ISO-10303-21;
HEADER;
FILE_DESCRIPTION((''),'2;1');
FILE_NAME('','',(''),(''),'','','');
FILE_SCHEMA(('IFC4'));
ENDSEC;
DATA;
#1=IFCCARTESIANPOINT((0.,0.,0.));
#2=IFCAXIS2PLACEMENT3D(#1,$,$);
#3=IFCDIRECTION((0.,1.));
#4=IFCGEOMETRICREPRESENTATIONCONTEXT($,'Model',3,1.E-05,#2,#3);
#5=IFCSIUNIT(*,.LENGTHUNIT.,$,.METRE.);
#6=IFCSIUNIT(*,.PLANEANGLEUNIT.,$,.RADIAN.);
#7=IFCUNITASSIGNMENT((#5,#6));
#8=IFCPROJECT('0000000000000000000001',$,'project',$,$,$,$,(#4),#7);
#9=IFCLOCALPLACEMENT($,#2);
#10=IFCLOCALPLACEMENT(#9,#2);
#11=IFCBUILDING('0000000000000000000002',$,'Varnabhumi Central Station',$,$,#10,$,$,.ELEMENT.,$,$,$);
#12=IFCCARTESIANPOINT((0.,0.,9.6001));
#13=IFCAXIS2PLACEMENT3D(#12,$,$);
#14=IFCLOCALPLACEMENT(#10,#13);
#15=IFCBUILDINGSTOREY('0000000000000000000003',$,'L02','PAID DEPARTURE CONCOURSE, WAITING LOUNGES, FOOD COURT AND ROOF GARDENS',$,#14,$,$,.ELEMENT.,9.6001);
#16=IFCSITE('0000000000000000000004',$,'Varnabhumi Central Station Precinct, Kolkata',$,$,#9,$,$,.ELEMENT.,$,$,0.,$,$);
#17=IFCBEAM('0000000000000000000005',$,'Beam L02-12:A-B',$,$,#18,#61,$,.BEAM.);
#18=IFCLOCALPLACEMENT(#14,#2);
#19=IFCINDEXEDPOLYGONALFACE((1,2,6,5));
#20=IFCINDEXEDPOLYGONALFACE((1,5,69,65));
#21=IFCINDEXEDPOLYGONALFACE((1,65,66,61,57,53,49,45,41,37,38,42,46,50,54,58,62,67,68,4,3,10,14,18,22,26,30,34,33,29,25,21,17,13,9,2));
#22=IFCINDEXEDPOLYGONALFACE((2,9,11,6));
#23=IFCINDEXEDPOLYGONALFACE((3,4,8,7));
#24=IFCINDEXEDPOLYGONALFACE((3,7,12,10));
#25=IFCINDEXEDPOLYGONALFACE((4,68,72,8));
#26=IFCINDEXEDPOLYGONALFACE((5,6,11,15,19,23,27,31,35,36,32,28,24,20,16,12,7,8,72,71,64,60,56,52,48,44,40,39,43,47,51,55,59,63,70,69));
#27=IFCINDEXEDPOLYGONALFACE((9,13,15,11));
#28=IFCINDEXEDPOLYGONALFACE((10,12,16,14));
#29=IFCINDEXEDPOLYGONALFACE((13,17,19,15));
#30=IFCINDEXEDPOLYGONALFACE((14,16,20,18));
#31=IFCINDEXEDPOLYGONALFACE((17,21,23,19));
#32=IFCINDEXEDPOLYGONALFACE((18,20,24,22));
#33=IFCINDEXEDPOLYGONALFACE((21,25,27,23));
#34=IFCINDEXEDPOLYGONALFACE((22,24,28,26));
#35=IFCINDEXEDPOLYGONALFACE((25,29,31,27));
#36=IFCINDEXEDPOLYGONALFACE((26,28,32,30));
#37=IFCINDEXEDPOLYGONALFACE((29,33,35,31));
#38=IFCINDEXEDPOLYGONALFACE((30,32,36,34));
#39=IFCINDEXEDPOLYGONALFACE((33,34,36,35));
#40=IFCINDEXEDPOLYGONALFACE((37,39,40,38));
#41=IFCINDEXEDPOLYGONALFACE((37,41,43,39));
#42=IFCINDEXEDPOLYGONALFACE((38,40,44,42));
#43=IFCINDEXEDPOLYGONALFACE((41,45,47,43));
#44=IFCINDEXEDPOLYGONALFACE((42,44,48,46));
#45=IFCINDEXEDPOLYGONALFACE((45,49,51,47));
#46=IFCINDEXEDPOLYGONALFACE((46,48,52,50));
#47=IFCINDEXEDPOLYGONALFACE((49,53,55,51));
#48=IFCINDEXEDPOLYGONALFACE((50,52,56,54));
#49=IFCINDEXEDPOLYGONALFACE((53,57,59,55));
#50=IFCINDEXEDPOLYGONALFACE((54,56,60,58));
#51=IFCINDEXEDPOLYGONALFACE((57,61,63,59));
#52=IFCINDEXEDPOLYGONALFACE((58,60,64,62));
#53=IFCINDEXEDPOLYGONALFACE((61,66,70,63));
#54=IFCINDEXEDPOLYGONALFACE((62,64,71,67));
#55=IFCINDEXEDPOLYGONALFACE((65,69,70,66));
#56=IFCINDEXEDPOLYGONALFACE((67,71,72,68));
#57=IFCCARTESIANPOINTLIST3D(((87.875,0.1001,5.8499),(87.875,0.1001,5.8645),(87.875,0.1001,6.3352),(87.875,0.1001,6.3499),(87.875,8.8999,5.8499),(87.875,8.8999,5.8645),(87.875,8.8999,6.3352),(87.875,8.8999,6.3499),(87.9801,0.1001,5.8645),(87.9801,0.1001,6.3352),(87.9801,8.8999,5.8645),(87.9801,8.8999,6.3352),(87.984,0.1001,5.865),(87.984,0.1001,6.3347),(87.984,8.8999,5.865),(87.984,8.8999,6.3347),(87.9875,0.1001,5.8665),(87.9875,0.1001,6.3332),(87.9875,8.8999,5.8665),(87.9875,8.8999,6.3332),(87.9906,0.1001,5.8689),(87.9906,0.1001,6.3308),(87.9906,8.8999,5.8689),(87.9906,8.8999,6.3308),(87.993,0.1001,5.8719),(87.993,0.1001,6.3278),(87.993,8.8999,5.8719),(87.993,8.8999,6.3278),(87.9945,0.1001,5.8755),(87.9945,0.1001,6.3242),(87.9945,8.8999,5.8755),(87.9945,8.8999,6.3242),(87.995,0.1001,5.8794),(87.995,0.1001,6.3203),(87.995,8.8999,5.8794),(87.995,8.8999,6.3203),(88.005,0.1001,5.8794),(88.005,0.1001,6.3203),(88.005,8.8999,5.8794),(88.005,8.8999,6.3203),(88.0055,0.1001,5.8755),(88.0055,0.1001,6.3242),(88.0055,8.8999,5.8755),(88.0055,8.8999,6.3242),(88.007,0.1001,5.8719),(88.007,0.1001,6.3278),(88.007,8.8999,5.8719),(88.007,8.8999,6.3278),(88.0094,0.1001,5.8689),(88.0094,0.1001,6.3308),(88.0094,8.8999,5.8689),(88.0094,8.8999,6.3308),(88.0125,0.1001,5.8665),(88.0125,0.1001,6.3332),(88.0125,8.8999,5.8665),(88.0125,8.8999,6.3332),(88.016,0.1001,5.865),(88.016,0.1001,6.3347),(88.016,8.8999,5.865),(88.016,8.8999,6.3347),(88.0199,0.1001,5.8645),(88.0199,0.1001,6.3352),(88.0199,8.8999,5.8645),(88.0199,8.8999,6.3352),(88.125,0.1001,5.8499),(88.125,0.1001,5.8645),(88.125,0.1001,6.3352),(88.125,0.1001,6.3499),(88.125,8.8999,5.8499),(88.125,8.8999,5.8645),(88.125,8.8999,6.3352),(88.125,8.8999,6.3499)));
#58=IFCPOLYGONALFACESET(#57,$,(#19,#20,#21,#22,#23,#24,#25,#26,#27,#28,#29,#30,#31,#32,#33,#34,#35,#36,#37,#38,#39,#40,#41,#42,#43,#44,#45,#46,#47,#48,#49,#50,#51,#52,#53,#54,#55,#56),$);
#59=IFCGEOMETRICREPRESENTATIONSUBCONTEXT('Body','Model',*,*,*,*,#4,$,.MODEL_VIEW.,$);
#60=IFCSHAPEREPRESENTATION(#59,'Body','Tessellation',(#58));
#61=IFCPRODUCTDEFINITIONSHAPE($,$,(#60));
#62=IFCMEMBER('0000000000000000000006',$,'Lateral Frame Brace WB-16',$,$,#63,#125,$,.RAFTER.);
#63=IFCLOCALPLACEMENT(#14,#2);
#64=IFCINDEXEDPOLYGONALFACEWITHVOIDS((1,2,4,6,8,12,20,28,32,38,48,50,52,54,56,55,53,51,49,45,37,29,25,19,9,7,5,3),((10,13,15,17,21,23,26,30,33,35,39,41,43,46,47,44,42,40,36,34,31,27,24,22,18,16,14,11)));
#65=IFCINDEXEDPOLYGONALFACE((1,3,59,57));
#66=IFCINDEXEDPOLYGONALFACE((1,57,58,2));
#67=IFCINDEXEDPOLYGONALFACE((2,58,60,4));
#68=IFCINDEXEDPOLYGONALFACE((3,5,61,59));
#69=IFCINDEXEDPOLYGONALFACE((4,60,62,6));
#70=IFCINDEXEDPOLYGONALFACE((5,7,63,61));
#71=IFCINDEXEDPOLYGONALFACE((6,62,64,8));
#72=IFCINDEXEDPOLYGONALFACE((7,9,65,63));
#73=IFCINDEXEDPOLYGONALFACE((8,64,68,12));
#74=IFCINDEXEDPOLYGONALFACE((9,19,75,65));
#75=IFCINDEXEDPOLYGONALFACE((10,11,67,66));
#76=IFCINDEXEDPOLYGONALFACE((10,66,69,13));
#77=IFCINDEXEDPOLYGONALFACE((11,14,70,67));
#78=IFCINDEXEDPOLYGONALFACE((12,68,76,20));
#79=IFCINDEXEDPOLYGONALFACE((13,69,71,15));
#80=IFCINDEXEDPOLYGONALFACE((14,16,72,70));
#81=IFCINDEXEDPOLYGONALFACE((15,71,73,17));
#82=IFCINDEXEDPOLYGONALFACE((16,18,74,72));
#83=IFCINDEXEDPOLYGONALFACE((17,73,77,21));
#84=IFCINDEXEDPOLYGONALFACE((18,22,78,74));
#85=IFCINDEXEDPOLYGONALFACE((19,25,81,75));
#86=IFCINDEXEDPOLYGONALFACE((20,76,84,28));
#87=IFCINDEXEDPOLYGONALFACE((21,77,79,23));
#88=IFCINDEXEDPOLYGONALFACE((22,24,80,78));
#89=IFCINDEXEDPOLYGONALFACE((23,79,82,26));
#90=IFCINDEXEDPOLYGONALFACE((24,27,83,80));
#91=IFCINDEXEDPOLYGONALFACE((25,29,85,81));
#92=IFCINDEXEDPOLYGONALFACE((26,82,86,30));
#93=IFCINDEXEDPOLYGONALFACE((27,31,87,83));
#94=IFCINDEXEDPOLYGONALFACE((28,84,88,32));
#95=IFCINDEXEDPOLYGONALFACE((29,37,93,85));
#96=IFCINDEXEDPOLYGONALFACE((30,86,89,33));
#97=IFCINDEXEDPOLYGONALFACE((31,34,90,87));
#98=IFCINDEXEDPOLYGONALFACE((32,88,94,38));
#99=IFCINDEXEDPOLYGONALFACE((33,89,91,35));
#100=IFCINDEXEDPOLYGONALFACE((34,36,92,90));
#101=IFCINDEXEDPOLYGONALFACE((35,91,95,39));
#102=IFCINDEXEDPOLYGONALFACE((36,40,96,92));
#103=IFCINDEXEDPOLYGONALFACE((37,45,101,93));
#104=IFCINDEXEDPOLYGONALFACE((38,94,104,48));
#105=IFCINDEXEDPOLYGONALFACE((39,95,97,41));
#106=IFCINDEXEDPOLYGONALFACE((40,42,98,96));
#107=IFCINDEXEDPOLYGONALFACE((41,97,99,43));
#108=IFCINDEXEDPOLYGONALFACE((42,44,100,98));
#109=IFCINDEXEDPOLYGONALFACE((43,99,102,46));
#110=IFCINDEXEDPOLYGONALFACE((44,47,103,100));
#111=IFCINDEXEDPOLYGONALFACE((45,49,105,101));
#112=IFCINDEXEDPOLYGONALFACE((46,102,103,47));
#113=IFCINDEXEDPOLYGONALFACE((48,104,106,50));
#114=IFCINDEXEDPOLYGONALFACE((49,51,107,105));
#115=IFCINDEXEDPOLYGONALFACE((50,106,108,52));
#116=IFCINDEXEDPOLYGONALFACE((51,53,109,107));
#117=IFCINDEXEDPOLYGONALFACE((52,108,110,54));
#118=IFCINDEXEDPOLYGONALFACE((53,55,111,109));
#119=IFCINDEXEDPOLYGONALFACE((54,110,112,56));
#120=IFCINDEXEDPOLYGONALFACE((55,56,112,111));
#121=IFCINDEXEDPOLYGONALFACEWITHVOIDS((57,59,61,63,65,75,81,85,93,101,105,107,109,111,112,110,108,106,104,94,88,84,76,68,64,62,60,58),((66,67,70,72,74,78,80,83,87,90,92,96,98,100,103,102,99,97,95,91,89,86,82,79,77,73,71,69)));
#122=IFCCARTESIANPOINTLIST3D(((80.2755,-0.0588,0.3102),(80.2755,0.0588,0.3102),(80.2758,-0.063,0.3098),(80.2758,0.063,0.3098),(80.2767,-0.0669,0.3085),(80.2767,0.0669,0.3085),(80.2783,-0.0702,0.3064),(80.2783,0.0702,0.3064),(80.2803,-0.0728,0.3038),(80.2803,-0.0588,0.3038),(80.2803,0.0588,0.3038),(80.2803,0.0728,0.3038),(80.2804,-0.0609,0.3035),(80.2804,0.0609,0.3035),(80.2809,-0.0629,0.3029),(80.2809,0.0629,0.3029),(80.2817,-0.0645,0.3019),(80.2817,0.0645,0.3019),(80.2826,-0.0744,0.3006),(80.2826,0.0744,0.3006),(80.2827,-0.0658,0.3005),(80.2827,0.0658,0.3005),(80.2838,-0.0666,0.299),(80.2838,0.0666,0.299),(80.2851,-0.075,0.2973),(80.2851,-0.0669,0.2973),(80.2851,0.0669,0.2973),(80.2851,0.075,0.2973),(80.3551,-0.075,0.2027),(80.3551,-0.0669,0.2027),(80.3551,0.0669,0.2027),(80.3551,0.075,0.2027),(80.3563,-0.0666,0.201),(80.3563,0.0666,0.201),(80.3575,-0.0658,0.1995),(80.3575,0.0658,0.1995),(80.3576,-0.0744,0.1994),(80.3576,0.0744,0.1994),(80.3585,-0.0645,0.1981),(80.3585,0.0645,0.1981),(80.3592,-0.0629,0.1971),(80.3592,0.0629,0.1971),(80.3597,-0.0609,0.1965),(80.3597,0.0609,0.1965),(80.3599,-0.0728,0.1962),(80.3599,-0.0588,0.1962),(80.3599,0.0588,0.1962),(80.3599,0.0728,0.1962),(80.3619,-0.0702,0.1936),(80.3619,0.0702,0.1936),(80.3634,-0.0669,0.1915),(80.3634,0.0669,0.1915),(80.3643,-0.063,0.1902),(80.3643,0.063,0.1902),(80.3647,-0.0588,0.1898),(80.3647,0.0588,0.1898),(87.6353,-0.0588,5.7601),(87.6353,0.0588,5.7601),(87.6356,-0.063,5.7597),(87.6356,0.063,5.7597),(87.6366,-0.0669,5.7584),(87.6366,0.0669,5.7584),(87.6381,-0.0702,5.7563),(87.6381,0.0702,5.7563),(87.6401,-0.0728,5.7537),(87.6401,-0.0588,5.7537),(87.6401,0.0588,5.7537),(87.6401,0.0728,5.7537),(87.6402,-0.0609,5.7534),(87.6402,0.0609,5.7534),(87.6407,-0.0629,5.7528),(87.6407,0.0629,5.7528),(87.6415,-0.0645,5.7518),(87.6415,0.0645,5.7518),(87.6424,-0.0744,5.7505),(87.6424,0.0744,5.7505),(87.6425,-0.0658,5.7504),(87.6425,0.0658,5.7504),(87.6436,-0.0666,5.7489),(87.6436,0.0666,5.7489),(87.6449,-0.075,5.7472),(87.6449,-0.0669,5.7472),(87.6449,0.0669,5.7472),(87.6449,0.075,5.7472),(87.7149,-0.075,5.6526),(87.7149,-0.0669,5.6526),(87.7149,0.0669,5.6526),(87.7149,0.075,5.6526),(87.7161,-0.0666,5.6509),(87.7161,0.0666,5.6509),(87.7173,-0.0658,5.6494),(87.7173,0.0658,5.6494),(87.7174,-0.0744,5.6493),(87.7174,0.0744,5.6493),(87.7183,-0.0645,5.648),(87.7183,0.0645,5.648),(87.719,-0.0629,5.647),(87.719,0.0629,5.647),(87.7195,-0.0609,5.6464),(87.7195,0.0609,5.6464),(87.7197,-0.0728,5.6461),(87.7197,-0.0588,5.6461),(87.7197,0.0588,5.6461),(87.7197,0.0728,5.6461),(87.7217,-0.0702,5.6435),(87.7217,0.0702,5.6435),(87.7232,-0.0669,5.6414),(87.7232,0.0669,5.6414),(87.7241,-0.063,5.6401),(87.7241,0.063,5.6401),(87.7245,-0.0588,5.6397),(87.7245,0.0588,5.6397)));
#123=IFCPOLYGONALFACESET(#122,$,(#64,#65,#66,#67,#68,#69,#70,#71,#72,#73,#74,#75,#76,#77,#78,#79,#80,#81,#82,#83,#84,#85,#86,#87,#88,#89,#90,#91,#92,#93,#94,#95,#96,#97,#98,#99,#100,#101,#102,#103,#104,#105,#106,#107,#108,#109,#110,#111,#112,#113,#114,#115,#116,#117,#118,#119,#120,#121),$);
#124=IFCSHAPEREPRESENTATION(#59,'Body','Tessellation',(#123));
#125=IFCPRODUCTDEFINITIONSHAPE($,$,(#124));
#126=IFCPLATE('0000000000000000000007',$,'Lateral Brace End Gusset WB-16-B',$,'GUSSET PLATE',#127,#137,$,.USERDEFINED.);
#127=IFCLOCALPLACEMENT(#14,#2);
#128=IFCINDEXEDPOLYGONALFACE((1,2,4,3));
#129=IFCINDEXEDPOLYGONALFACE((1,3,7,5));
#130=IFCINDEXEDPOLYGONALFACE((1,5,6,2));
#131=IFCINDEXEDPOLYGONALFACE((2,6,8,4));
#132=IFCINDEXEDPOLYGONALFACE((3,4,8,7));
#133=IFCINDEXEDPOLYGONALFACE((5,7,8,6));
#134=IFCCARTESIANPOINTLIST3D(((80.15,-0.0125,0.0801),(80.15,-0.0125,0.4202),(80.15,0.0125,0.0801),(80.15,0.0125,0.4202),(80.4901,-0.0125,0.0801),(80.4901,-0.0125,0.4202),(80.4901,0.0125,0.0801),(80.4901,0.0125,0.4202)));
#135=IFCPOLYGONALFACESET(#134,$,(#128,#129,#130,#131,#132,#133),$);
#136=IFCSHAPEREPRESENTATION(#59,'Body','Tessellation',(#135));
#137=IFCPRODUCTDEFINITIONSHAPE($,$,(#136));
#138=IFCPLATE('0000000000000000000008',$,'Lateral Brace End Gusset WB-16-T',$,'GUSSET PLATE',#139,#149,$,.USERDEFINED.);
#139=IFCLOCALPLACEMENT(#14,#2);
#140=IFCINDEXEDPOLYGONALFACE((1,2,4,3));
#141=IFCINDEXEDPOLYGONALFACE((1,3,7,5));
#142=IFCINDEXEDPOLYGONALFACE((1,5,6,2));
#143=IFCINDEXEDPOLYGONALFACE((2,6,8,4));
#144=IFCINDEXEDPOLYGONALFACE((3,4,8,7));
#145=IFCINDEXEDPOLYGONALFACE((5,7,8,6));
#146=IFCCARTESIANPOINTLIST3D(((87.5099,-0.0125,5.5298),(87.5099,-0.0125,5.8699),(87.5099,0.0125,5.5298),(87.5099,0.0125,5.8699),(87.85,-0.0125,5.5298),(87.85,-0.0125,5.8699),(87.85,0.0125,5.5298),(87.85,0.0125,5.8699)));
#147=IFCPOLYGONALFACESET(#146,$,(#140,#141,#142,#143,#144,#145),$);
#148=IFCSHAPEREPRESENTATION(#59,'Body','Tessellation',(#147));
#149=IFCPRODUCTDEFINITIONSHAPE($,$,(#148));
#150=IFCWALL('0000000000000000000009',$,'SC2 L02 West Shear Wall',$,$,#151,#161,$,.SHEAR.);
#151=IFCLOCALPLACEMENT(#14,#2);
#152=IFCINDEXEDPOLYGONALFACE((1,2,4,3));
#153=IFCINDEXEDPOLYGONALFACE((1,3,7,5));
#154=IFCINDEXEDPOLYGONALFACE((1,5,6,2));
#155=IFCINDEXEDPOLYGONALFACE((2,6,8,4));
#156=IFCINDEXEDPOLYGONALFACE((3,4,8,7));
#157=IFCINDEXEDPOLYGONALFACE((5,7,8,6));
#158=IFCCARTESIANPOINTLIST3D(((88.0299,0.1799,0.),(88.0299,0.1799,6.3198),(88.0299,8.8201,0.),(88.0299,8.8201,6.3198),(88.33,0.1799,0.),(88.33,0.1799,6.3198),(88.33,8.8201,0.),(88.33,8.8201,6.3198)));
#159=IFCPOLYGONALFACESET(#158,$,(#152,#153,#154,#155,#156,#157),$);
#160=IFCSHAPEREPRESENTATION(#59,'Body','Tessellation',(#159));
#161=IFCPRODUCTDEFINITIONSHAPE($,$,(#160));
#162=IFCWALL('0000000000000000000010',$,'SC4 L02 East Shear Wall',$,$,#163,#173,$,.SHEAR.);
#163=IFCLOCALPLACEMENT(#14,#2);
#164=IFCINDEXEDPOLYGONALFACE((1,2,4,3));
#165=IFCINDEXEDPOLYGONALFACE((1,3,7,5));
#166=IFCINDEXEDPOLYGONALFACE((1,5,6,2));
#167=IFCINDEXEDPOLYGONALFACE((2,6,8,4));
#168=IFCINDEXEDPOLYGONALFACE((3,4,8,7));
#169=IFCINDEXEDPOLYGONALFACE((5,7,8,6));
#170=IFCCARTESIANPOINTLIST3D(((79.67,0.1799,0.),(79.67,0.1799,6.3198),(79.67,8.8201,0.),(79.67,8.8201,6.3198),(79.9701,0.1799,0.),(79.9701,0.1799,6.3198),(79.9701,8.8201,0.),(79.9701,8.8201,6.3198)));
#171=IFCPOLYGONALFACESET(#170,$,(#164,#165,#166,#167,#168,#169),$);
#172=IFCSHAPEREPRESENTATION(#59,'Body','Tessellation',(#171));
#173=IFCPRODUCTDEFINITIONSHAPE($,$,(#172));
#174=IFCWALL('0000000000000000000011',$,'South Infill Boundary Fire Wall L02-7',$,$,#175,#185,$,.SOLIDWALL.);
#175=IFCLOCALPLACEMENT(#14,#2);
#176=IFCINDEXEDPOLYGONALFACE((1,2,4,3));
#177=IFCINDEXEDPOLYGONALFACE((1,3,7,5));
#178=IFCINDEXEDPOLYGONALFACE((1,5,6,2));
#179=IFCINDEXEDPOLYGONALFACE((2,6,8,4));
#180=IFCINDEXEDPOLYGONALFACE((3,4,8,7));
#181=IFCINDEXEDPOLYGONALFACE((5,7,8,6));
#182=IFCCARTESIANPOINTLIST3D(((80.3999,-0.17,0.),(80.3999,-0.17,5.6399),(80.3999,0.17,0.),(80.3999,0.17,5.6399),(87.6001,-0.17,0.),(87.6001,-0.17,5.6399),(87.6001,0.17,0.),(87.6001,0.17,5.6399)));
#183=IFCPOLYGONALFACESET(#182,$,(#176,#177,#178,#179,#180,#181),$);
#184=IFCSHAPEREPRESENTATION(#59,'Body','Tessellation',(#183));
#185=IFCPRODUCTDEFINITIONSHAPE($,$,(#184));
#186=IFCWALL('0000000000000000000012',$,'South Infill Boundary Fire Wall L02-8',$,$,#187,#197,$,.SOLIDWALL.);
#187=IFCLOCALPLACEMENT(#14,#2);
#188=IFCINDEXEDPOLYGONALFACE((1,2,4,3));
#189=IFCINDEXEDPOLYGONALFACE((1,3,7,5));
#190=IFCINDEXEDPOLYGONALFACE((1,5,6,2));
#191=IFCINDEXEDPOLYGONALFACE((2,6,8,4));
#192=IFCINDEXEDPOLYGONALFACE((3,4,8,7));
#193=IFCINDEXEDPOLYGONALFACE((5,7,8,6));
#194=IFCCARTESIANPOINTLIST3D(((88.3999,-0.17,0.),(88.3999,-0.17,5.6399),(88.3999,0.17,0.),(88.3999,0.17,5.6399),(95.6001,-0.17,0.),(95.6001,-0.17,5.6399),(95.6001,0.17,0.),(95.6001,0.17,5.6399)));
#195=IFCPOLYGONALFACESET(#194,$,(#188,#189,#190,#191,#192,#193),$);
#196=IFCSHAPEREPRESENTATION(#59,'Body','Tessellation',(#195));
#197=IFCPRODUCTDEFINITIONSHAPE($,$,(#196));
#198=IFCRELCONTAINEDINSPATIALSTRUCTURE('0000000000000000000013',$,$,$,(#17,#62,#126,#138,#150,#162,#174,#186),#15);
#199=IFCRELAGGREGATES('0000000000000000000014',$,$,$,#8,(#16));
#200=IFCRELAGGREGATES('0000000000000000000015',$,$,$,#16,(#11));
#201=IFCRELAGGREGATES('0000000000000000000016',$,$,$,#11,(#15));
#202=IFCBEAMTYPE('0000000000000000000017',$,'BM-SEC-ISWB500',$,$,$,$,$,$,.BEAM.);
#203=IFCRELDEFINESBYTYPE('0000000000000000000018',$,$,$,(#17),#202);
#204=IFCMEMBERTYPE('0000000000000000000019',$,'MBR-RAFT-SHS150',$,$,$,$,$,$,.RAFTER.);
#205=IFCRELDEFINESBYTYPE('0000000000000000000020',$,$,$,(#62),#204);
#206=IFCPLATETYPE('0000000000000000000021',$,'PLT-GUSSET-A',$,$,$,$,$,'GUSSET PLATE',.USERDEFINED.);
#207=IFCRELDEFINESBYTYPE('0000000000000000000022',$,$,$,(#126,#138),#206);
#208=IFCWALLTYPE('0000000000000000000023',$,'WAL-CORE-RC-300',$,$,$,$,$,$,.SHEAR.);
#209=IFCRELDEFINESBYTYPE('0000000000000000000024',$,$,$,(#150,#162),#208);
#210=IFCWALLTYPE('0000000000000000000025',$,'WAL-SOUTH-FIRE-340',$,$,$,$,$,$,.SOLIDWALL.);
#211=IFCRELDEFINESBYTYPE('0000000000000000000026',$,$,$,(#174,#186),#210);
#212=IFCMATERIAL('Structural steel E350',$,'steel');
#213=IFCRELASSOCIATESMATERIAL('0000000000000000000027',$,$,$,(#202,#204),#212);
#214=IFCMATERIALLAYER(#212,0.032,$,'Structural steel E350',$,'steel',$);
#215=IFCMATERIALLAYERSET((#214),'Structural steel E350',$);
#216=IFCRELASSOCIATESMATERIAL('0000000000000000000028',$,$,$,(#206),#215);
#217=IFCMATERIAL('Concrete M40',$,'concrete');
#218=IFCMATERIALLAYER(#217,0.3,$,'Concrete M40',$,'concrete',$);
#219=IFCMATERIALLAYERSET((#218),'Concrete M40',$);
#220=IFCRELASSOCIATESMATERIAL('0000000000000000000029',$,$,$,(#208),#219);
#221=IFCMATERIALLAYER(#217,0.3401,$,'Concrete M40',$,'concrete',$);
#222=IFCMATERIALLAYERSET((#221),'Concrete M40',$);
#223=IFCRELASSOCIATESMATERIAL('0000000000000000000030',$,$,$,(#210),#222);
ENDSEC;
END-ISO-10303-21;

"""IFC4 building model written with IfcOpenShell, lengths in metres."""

from ifc_helpers import new_model, si_unit, direction, frame, frame_2d, origin, origin_2d, place, context, subcontext, project, spatial, rectangle, hollow_rectangle, i_section, extrude, material, layer, layer_set, material_profile, profile_set, type_object, element, save


model = new_model("IFC4")

# Units and contexts
model_context = context("Model", 3, precision=1e-05, world=origin(), true_north=direction((0.0, 1.0)))
body_context = subcontext(model_context, "Body", "Model", "MODEL_VIEW")
ifc_project = project(units=[si_unit("LENGTHUNIT", "METRE"), si_unit("PLANEANGLEUNIT", "RADIAN")], contexts=[model_context])

# Site, building, storey
site_placement = place(None, origin())
site = spatial("IfcSite", under=ifc_project, at=site_placement, Name="Varnabhumi Central Station Precinct, Kolkata", CompositionType="ELEMENT", RefElevation=0.0)
building_placement = place(site_placement, origin())
building = spatial("IfcBuilding", under=site, at=building_placement, Name="Varnabhumi Central Station", CompositionType="ELEMENT")
storey_placement = place(building_placement, frame((0.0, 0.0, 9.6001)))
storey = spatial("IfcBuildingStorey", under=building, at=storey_placement, Name="L02", Description="PAID DEPARTURE CONCOURSE, WAITING LOUNGES, FOOD COURT AND ROOF GARDENS", CompositionType="ELEMENT", Elevation=9.6001)

# Shared definitions
ifc_material_1 = material(Name="Concrete M40", Category="concrete")

# Beam
ifc_material_2 = material(Name="Structural steel E350", Category="steel")
ifc_material_profile_1 = material_profile(ifc_material_2, i_section(OverallWidth=0.25, OverallDepth=0.5, WebThickness=0.01, FlangeThickness=0.0146, FilletRadius=0.0149, at=origin_2d()), Name="Structural steel E350", Category="steel")
ifc_profile_set_1 = profile_set([ifc_material_profile_1], Name="Structural steel E350")
beam_type_1 = type_object("IfcBeamType", Name="BM-SEC-ISWB500", PredefinedType="BEAM", material=ifc_profile_set_1)
for number, where, z_axis, x_axis, name in (
    (1, (88.0, 0.1001, 6.0999), (0.0, 1.0, 0.0), (-1.0, 0.0, 0.0), "Beam L02-12:A-B"),
):
    element("IfcBeam", number, at=place(storey_placement, frame(where, z_axis=z_axis, x_axis=x_axis)), inside=storey, type_object=beam_type_1, Name=name, PredefinedType="BEAM", context=body_context, shape_type="SweptSolid", body=[
        extrude(i_section(OverallWidth=0.25, OverallDepth=0.5, WebThickness=0.01, FlangeThickness=0.0146, FilletRadius=0.0149, at=origin_2d()), origin(), (0.0, 0.0, 1.0), 8.7998),
    ])

# Member
ifc_material_profile_2 = material_profile(ifc_material_2, hollow_rectangle(XDim=0.1499, YDim=0.1499, WallThickness=0.0081, InnerFilletRadius=0.0081, OuterFilletRadius=0.0161, at=origin_2d()), Name="Structural steel E350", Category="steel")
ifc_profile_set_2 = profile_set([ifc_material_profile_2], Name="Structural steel E350")
member_type = type_object("IfcMemberType", Name="MBR-RAFT-SHS150", PredefinedType="RAFTER", material=ifc_profile_set_2)
member_placement = place(storey_placement, frame((80.3201, 0.0, 0.25), z_axis=(0.803651, 0.0, 0.595101), x_axis=(0.0, 1.0, 0.0)))
element("IfcMember", 2, at=member_placement, inside=storey, type_object=member_type, Name="Lateral Frame Brace WB-16", PredefinedType="RAFTER", context=body_context, shape_type="SweptSolid", body=[
    extrude(hollow_rectangle(XDim=0.1499, YDim=0.1499, WallThickness=0.0081, InnerFilletRadius=0.0081, OuterFilletRadius=0.0161, at=origin_2d()), origin(), (0.0, 0.0, 1.0), 9.158),
])

# Plates
ifc_layer_1 = layer(ifc_material_2, 0.032, Name="Structural steel E350", Category="steel")
ifc_layer_set_1 = layer_set([ifc_layer_1], Name="Structural steel E350")
plate_type = type_object("IfcPlateType", Name="PLT-GUSSET-A", ElementType="GUSSET PLATE", PredefinedType="USERDEFINED", material=ifc_layer_set_1)
for number, where, z_axis, x_axis, name in (
    (3, (80.3201, 0.0, 0.0801), (0.0, 0.0, 1.0), (1.0, 0.0, 0.0), "Lateral Brace End Gusset WB-16-B"),
    (4, (87.6799, 0.0, 5.5298), (0.0, 0.0, 1.0), (1.0, 0.0, 0.0), "Lateral Brace End Gusset WB-16-T"),
):
    element("IfcPlate", number, at=place(storey_placement, frame(where, z_axis=z_axis, x_axis=x_axis)), inside=storey, type_object=plate_type, Name=name, ObjectType="GUSSET PLATE", PredefinedType="USERDEFINED", context=body_context, shape_type="SweptSolid", body=[
        extrude(rectangle(XDim=0.3401, YDim=0.0249, at=origin_2d()), origin(), (0.0, 0.0, 1.0), 0.3401),
    ])

# Walls
ifc_layer_2 = layer(ifc_material_1, 0.3, Name="Concrete M40", Category="concrete")
ifc_layer_set_2 = layer_set([ifc_layer_2], Name="Concrete M40")
wall_type_1 = type_object("IfcWallType", Name="WAL-CORE-RC-300", PredefinedType="SHEAR", material=ifc_layer_set_2)
for number, where, z_axis, x_axis, name in (
    (5, (88.1799, 0.1799, 0.0), (0.0, 0.0, 1.0), (0.0, 1.0, 0.0), "SC2 L02 West Shear Wall"),
    (6, (79.8201, 0.1799, 0.0), (0.0, 0.0, 1.0), (0.0, 1.0, 0.0), "SC4 L02 East Shear Wall"),
):
    element("IfcWall", number, at=place(storey_placement, frame(where, z_axis=z_axis, x_axis=x_axis)), inside=storey, type_object=wall_type_1, Name=name, PredefinedType="SHEAR", context=body_context, shape_type="SweptSolid", body=[
        extrude(rectangle(XDim=8.6401, YDim=0.3, at=frame_2d((4.3201, 0.0))), origin(), (0.0, 0.0, 1.0), 6.3198),
    ])
ifc_layer_3 = layer(ifc_material_1, 0.3401, Name="Concrete M40", Category="concrete")
ifc_layer_set_3 = layer_set([ifc_layer_3], Name="Concrete M40")
wall_type_2 = type_object("IfcWallType", Name="WAL-SOUTH-FIRE-340", PredefinedType="SOLIDWALL", material=ifc_layer_set_3)
for number, where, z_axis, x_axis, name in (
    (7, (80.3999, 0.0, 0.0), (0.0, 0.0, 1.0), (1.0, 0.0, 0.0), "South Infill Boundary Fire Wall L02-7"),
    (8, (88.3999, 0.0, 0.0), (0.0, 0.0, 1.0), (1.0, 0.0, 0.0), "South Infill Boundary Fire Wall L02-8"),
):
    element("IfcWall", number, at=place(storey_placement, frame(where, z_axis=z_axis, x_axis=x_axis)), inside=storey, type_object=wall_type_2, Name=name, PredefinedType="SOLIDWALL", context=body_context, shape_type="SweptSolid", body=[
        extrude(rectangle(XDim=7.2002, YDim=0.3401, at=frame_2d((3.6001, 0.0))), origin(), (0.0, 0.0, 1.0), 5.6399),
    ])

save(model, "model.ifc")
